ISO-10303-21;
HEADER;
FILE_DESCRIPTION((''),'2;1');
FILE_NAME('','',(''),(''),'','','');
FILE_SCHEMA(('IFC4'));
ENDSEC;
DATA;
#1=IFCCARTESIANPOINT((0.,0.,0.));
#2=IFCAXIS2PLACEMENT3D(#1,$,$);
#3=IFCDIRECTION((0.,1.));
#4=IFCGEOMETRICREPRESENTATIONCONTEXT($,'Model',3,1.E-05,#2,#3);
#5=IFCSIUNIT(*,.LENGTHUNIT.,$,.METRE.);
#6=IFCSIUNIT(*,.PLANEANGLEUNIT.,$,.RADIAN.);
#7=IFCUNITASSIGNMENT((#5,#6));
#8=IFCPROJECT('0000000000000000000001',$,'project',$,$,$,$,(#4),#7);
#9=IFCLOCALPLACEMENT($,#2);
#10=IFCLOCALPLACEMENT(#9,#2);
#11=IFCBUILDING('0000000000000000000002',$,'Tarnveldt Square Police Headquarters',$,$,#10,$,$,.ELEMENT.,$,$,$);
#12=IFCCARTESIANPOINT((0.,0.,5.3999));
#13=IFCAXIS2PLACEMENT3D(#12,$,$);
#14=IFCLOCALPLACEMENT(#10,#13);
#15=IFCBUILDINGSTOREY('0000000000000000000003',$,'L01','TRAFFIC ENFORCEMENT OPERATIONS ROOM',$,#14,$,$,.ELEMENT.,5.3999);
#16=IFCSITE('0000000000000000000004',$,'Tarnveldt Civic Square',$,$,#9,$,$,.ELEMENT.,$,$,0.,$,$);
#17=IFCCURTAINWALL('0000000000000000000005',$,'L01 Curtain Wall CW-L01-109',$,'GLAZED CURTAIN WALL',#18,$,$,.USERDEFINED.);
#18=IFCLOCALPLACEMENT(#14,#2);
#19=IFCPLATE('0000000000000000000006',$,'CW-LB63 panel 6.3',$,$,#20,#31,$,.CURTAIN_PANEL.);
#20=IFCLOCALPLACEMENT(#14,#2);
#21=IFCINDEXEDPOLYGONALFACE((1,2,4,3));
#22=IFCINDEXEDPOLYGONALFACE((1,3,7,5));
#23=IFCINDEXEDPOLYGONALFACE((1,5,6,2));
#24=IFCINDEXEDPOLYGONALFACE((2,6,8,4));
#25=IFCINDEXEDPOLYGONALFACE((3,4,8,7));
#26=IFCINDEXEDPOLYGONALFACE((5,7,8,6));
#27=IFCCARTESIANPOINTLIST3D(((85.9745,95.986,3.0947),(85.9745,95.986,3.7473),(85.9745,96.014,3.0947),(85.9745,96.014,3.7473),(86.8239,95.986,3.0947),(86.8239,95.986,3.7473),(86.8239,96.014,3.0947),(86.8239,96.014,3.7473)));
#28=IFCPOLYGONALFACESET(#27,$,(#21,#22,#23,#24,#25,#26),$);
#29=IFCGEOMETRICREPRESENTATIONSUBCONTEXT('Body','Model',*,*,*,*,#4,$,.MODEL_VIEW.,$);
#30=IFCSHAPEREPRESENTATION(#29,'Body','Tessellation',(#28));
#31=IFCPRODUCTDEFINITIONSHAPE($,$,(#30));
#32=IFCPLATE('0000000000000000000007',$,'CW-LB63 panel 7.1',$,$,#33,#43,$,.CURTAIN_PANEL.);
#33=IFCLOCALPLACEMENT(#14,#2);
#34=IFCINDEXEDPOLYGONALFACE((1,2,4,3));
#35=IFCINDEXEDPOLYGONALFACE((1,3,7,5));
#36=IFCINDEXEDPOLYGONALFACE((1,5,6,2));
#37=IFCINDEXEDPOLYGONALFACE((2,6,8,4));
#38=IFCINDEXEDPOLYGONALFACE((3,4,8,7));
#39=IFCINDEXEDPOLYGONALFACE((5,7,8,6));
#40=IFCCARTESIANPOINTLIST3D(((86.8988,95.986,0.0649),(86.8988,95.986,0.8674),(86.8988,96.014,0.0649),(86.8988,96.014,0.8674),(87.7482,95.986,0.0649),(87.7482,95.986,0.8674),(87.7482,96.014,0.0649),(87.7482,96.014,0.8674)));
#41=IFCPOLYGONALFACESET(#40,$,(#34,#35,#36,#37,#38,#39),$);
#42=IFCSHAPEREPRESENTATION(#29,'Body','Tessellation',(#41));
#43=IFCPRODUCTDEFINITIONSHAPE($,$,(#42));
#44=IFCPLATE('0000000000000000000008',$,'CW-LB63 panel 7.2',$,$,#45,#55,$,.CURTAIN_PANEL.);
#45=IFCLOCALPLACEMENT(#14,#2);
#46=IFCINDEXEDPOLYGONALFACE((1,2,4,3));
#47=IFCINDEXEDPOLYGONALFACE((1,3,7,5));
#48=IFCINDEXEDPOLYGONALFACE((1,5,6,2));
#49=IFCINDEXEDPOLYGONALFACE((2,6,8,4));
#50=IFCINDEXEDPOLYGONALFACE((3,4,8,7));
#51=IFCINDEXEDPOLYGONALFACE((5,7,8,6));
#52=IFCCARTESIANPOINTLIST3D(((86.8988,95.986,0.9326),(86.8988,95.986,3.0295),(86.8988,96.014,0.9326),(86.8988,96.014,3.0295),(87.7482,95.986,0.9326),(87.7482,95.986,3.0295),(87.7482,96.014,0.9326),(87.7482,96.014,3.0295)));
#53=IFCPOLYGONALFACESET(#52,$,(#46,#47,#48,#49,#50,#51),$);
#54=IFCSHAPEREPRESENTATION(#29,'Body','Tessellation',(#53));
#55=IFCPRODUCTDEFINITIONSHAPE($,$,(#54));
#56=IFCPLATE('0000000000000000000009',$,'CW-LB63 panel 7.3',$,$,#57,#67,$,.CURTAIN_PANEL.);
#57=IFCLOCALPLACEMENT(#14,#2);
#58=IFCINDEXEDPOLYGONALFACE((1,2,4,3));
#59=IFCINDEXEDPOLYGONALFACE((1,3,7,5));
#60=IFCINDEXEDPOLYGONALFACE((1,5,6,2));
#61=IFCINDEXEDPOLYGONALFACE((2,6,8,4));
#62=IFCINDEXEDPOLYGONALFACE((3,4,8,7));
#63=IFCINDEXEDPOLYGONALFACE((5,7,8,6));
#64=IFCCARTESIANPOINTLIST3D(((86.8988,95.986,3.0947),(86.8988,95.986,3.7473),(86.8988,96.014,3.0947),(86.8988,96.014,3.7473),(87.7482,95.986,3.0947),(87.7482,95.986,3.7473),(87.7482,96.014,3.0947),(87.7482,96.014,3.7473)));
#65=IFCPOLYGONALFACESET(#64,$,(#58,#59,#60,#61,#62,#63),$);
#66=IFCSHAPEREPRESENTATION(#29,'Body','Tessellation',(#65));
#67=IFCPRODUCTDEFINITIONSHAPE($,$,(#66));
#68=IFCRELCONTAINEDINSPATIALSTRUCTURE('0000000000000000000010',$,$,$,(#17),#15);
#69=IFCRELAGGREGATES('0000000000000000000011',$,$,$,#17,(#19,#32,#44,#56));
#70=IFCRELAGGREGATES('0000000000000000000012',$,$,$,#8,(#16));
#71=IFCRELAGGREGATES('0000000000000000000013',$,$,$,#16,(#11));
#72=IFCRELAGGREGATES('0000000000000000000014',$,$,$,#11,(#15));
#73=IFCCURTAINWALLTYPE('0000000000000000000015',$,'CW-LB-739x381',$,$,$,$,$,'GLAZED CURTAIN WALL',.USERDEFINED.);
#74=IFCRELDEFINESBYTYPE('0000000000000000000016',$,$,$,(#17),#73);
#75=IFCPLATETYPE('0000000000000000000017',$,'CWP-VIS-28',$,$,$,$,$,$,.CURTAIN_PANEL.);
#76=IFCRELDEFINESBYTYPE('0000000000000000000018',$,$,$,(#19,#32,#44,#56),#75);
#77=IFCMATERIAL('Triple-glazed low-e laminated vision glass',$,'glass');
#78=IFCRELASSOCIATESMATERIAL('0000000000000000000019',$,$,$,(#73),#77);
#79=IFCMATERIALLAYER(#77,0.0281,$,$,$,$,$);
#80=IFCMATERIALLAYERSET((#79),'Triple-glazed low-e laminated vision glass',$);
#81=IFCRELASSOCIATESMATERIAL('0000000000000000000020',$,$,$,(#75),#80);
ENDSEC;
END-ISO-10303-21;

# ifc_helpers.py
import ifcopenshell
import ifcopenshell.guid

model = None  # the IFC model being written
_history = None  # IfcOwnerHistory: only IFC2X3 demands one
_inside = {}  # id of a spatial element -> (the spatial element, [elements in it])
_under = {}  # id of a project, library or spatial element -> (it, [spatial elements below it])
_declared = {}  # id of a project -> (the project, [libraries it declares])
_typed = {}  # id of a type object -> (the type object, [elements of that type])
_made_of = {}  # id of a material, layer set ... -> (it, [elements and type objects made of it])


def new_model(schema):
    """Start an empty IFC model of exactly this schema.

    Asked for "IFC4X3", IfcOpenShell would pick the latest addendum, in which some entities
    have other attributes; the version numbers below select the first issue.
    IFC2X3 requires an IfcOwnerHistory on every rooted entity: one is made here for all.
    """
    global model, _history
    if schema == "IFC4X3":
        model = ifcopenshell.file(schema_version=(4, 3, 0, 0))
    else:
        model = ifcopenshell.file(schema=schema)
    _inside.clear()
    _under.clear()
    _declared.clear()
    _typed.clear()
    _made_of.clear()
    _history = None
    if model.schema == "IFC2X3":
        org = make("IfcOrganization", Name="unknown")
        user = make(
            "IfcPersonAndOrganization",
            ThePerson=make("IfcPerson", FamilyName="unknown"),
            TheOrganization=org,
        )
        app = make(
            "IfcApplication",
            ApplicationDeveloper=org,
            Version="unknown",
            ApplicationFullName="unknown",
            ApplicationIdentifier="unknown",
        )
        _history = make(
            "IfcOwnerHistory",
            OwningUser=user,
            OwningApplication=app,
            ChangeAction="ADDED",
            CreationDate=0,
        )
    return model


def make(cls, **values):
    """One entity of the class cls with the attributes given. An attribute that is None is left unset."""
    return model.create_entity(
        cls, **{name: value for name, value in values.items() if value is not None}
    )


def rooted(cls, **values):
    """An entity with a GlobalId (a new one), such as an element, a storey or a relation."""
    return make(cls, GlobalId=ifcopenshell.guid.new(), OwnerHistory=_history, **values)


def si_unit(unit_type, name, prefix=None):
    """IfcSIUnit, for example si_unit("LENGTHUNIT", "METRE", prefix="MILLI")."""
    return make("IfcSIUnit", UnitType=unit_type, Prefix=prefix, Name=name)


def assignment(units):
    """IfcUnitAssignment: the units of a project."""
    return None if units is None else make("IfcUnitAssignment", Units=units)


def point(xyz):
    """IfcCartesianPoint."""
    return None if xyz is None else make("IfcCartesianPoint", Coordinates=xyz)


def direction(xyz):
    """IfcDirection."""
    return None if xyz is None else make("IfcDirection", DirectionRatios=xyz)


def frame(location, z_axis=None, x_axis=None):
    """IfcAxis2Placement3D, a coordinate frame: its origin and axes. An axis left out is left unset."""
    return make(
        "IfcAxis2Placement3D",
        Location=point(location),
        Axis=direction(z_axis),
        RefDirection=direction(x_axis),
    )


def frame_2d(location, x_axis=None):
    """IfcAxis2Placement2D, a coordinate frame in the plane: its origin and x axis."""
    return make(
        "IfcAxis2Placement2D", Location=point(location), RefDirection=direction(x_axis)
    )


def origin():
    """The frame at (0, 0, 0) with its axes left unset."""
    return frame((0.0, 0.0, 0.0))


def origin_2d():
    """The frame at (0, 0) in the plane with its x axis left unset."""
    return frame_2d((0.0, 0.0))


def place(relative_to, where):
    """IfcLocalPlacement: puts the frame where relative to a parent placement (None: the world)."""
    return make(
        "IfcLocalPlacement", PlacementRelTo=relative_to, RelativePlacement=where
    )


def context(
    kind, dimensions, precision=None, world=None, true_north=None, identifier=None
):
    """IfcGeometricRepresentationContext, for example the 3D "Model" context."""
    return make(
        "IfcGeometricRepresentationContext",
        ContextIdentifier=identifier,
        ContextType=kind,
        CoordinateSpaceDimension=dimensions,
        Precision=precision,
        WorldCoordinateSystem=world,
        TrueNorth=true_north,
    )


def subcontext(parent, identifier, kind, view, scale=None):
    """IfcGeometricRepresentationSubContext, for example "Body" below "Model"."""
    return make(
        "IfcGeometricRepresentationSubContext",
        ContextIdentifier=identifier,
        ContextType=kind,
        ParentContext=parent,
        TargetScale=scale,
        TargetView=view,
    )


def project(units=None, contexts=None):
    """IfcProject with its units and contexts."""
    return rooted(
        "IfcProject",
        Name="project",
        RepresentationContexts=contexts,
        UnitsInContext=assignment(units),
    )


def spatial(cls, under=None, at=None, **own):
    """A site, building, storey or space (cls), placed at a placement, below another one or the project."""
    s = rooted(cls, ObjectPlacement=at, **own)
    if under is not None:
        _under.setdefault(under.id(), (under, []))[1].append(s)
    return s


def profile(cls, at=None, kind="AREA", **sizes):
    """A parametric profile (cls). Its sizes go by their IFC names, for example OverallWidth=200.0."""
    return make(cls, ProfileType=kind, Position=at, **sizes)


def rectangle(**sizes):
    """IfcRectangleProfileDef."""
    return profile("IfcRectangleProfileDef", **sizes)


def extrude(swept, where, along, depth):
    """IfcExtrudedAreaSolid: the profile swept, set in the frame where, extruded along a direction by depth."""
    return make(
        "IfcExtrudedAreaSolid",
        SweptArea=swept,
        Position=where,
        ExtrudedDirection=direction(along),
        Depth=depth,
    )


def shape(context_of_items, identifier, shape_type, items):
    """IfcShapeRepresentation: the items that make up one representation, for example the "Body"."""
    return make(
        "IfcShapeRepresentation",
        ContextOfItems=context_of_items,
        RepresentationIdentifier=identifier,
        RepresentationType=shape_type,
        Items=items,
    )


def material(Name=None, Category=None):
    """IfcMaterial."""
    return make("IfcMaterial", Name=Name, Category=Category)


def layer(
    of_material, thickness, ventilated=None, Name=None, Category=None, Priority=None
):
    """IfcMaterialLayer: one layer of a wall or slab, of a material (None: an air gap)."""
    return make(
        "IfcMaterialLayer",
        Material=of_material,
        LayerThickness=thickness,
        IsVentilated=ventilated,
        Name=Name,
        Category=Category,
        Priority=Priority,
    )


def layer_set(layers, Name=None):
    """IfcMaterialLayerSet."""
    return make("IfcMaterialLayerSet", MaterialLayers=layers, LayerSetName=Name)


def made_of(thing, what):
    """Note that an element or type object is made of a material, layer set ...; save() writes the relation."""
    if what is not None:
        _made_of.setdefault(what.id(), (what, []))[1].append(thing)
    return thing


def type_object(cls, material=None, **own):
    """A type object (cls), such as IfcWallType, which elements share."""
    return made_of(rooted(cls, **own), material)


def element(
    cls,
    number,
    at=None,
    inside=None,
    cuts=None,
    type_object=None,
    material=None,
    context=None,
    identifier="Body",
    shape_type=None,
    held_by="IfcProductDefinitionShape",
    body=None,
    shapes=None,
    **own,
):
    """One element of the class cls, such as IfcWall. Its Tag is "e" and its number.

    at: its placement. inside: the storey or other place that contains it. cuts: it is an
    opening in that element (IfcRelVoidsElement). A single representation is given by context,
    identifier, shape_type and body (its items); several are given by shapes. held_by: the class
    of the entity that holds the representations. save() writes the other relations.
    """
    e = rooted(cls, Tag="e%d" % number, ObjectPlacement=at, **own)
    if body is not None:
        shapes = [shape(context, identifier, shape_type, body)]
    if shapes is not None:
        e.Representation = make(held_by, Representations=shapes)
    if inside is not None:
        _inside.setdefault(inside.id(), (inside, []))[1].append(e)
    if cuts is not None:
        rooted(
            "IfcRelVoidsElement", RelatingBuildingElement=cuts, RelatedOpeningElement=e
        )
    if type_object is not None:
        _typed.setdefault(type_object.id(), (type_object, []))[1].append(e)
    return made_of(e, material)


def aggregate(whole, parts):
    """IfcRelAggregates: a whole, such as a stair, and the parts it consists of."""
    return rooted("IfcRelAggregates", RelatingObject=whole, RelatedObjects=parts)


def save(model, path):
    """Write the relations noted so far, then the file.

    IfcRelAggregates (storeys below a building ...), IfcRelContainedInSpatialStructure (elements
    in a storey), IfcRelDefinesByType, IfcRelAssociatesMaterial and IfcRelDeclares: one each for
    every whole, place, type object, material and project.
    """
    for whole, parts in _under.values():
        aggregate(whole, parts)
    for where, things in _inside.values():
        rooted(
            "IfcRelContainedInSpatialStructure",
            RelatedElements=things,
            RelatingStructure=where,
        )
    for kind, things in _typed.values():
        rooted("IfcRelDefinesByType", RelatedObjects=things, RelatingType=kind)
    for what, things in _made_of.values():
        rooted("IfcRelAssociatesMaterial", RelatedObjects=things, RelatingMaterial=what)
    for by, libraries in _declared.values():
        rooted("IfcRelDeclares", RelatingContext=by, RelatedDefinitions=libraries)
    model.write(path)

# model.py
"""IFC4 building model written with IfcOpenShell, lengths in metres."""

from ifc_helpers import new_model, si_unit, direction, frame, origin, origin_2d, place, context, subcontext, project, spatial, rectangle, extrude, material, layer, layer_set, type_object, element, aggregate, save


model = new_model("IFC4")

# Units and contexts
model_context = context("Model", 3, precision=1e-05, world=origin(), true_north=direction((0.0, 1.0)))
body_context = subcontext(model_context, "Body", "Model", "MODEL_VIEW")
ifc_project = project(units=[si_unit("LENGTHUNIT", "METRE"), si_unit("PLANEANGLEUNIT", "RADIAN")], contexts=[model_context])

# Site, building, storey
site_placement = place(None, origin())
site = spatial("IfcSite", under=ifc_project, at=site_placement, Name="Tarnveldt Civic Square", CompositionType="ELEMENT", RefElevation=0.0)
building_placement = place(site_placement, origin())
building = spatial("IfcBuilding", under=site, at=building_placement, Name="Tarnveldt Square Police Headquarters", CompositionType="ELEMENT")
storey_placement = place(building_placement, frame((0.0, 0.0, 5.3999)))
storey = spatial("IfcBuildingStorey", under=building, at=storey_placement, Name="L01", Description="TRAFFIC ENFORCEMENT OPERATIONS ROOM", CompositionType="ELEMENT", Elevation=5.3999)

# Curtain wall, plates
ifc_material_1 = material(Name="Triple-glazed low-e laminated vision glass", Category="glass")
curtain_wall_type = type_object("IfcCurtainWallType", Name="CW-LB-739x381", ElementType="GLAZED CURTAIN WALL", PredefinedType="USERDEFINED", material=ifc_material_1)
curtain_wall_placement = place(storey_placement, origin())
curtain_wall = element("IfcCurtainWall", 1, at=curtain_wall_placement, inside=storey, type_object=curtain_wall_type, Name="L01 Curtain Wall CW-L01-109", ObjectType="GLAZED CURTAIN WALL", PredefinedType="USERDEFINED")
ifc_layer = layer(ifc_material_1, 0.0281)
ifc_layer_set = layer_set([ifc_layer], Name="Triple-glazed low-e laminated vision glass")
plate_type = type_object("IfcPlateType", Name="CWP-VIS-28", PredefinedType="CURTAIN_PANEL", material=ifc_layer_set)
plate_1_placement = place(storey_placement, frame((86.3992, 96.0, 3.0947), z_axis=(0.0, 0.0, 1.0), x_axis=(1.0, 0.0, 0.0)))
plate_1 = element("IfcPlate", 2, at=plate_1_placement, type_object=plate_type, Name="CW-LB63 panel 6.3", PredefinedType="CURTAIN_PANEL", context=body_context, shape_type="SweptSolid", body=[
    extrude(rectangle(XDim=0.8494, YDim=0.0281, at=origin_2d()), origin(), (0.0, 0.0, 1.0), 0.6526),
])
plate_2_placement = place(storey_placement, frame((87.3235, 96.0, 0.0649), z_axis=(0.0, 0.0, 1.0), x_axis=(1.0, 0.0, 0.0)))
plate_2 = element("IfcPlate", 3, at=plate_2_placement, type_object=plate_type, Name="CW-LB63 panel 7.1", PredefinedType="CURTAIN_PANEL", context=body_context, shape_type="SweptSolid", body=[
    extrude(rectangle(XDim=0.8494, YDim=0.0281, at=origin_2d()), origin(), (0.0, 0.0, 1.0), 0.8025),
])
plate_3_placement = place(storey_placement, frame((87.3235, 96.0, 0.9326), z_axis=(0.0, 0.0, 1.0), x_axis=(1.0, 0.0, 0.0)))
plate_3 = element("IfcPlate", 4, at=plate_3_placement, type_object=plate_type, Name="CW-LB63 panel 7.2", PredefinedType="CURTAIN_PANEL", context=body_context, shape_type="SweptSolid", body=[
    extrude(rectangle(XDim=0.8494, YDim=0.0281, at=origin_2d()), origin(), (0.0, 0.0, 1.0), 2.0969),
])
plate_4_placement = place(storey_placement, frame((87.3235, 96.0, 3.0947), z_axis=(0.0, 0.0, 1.0), x_axis=(1.0, 0.0, 0.0)))
plate_4 = element("IfcPlate", 5, at=plate_4_placement, type_object=plate_type, Name="CW-LB63 panel 7.3", PredefinedType="CURTAIN_PANEL", context=body_context, shape_type="SweptSolid", body=[
    extrude(rectangle(XDim=0.8494, YDim=0.0281, at=origin_2d()), origin(), (0.0, 0.0, 1.0), 0.6526),
])
aggregate(curtain_wall, [plate_1, plate_2, plate_3, plate_4])

save(model, "model.ifc")
